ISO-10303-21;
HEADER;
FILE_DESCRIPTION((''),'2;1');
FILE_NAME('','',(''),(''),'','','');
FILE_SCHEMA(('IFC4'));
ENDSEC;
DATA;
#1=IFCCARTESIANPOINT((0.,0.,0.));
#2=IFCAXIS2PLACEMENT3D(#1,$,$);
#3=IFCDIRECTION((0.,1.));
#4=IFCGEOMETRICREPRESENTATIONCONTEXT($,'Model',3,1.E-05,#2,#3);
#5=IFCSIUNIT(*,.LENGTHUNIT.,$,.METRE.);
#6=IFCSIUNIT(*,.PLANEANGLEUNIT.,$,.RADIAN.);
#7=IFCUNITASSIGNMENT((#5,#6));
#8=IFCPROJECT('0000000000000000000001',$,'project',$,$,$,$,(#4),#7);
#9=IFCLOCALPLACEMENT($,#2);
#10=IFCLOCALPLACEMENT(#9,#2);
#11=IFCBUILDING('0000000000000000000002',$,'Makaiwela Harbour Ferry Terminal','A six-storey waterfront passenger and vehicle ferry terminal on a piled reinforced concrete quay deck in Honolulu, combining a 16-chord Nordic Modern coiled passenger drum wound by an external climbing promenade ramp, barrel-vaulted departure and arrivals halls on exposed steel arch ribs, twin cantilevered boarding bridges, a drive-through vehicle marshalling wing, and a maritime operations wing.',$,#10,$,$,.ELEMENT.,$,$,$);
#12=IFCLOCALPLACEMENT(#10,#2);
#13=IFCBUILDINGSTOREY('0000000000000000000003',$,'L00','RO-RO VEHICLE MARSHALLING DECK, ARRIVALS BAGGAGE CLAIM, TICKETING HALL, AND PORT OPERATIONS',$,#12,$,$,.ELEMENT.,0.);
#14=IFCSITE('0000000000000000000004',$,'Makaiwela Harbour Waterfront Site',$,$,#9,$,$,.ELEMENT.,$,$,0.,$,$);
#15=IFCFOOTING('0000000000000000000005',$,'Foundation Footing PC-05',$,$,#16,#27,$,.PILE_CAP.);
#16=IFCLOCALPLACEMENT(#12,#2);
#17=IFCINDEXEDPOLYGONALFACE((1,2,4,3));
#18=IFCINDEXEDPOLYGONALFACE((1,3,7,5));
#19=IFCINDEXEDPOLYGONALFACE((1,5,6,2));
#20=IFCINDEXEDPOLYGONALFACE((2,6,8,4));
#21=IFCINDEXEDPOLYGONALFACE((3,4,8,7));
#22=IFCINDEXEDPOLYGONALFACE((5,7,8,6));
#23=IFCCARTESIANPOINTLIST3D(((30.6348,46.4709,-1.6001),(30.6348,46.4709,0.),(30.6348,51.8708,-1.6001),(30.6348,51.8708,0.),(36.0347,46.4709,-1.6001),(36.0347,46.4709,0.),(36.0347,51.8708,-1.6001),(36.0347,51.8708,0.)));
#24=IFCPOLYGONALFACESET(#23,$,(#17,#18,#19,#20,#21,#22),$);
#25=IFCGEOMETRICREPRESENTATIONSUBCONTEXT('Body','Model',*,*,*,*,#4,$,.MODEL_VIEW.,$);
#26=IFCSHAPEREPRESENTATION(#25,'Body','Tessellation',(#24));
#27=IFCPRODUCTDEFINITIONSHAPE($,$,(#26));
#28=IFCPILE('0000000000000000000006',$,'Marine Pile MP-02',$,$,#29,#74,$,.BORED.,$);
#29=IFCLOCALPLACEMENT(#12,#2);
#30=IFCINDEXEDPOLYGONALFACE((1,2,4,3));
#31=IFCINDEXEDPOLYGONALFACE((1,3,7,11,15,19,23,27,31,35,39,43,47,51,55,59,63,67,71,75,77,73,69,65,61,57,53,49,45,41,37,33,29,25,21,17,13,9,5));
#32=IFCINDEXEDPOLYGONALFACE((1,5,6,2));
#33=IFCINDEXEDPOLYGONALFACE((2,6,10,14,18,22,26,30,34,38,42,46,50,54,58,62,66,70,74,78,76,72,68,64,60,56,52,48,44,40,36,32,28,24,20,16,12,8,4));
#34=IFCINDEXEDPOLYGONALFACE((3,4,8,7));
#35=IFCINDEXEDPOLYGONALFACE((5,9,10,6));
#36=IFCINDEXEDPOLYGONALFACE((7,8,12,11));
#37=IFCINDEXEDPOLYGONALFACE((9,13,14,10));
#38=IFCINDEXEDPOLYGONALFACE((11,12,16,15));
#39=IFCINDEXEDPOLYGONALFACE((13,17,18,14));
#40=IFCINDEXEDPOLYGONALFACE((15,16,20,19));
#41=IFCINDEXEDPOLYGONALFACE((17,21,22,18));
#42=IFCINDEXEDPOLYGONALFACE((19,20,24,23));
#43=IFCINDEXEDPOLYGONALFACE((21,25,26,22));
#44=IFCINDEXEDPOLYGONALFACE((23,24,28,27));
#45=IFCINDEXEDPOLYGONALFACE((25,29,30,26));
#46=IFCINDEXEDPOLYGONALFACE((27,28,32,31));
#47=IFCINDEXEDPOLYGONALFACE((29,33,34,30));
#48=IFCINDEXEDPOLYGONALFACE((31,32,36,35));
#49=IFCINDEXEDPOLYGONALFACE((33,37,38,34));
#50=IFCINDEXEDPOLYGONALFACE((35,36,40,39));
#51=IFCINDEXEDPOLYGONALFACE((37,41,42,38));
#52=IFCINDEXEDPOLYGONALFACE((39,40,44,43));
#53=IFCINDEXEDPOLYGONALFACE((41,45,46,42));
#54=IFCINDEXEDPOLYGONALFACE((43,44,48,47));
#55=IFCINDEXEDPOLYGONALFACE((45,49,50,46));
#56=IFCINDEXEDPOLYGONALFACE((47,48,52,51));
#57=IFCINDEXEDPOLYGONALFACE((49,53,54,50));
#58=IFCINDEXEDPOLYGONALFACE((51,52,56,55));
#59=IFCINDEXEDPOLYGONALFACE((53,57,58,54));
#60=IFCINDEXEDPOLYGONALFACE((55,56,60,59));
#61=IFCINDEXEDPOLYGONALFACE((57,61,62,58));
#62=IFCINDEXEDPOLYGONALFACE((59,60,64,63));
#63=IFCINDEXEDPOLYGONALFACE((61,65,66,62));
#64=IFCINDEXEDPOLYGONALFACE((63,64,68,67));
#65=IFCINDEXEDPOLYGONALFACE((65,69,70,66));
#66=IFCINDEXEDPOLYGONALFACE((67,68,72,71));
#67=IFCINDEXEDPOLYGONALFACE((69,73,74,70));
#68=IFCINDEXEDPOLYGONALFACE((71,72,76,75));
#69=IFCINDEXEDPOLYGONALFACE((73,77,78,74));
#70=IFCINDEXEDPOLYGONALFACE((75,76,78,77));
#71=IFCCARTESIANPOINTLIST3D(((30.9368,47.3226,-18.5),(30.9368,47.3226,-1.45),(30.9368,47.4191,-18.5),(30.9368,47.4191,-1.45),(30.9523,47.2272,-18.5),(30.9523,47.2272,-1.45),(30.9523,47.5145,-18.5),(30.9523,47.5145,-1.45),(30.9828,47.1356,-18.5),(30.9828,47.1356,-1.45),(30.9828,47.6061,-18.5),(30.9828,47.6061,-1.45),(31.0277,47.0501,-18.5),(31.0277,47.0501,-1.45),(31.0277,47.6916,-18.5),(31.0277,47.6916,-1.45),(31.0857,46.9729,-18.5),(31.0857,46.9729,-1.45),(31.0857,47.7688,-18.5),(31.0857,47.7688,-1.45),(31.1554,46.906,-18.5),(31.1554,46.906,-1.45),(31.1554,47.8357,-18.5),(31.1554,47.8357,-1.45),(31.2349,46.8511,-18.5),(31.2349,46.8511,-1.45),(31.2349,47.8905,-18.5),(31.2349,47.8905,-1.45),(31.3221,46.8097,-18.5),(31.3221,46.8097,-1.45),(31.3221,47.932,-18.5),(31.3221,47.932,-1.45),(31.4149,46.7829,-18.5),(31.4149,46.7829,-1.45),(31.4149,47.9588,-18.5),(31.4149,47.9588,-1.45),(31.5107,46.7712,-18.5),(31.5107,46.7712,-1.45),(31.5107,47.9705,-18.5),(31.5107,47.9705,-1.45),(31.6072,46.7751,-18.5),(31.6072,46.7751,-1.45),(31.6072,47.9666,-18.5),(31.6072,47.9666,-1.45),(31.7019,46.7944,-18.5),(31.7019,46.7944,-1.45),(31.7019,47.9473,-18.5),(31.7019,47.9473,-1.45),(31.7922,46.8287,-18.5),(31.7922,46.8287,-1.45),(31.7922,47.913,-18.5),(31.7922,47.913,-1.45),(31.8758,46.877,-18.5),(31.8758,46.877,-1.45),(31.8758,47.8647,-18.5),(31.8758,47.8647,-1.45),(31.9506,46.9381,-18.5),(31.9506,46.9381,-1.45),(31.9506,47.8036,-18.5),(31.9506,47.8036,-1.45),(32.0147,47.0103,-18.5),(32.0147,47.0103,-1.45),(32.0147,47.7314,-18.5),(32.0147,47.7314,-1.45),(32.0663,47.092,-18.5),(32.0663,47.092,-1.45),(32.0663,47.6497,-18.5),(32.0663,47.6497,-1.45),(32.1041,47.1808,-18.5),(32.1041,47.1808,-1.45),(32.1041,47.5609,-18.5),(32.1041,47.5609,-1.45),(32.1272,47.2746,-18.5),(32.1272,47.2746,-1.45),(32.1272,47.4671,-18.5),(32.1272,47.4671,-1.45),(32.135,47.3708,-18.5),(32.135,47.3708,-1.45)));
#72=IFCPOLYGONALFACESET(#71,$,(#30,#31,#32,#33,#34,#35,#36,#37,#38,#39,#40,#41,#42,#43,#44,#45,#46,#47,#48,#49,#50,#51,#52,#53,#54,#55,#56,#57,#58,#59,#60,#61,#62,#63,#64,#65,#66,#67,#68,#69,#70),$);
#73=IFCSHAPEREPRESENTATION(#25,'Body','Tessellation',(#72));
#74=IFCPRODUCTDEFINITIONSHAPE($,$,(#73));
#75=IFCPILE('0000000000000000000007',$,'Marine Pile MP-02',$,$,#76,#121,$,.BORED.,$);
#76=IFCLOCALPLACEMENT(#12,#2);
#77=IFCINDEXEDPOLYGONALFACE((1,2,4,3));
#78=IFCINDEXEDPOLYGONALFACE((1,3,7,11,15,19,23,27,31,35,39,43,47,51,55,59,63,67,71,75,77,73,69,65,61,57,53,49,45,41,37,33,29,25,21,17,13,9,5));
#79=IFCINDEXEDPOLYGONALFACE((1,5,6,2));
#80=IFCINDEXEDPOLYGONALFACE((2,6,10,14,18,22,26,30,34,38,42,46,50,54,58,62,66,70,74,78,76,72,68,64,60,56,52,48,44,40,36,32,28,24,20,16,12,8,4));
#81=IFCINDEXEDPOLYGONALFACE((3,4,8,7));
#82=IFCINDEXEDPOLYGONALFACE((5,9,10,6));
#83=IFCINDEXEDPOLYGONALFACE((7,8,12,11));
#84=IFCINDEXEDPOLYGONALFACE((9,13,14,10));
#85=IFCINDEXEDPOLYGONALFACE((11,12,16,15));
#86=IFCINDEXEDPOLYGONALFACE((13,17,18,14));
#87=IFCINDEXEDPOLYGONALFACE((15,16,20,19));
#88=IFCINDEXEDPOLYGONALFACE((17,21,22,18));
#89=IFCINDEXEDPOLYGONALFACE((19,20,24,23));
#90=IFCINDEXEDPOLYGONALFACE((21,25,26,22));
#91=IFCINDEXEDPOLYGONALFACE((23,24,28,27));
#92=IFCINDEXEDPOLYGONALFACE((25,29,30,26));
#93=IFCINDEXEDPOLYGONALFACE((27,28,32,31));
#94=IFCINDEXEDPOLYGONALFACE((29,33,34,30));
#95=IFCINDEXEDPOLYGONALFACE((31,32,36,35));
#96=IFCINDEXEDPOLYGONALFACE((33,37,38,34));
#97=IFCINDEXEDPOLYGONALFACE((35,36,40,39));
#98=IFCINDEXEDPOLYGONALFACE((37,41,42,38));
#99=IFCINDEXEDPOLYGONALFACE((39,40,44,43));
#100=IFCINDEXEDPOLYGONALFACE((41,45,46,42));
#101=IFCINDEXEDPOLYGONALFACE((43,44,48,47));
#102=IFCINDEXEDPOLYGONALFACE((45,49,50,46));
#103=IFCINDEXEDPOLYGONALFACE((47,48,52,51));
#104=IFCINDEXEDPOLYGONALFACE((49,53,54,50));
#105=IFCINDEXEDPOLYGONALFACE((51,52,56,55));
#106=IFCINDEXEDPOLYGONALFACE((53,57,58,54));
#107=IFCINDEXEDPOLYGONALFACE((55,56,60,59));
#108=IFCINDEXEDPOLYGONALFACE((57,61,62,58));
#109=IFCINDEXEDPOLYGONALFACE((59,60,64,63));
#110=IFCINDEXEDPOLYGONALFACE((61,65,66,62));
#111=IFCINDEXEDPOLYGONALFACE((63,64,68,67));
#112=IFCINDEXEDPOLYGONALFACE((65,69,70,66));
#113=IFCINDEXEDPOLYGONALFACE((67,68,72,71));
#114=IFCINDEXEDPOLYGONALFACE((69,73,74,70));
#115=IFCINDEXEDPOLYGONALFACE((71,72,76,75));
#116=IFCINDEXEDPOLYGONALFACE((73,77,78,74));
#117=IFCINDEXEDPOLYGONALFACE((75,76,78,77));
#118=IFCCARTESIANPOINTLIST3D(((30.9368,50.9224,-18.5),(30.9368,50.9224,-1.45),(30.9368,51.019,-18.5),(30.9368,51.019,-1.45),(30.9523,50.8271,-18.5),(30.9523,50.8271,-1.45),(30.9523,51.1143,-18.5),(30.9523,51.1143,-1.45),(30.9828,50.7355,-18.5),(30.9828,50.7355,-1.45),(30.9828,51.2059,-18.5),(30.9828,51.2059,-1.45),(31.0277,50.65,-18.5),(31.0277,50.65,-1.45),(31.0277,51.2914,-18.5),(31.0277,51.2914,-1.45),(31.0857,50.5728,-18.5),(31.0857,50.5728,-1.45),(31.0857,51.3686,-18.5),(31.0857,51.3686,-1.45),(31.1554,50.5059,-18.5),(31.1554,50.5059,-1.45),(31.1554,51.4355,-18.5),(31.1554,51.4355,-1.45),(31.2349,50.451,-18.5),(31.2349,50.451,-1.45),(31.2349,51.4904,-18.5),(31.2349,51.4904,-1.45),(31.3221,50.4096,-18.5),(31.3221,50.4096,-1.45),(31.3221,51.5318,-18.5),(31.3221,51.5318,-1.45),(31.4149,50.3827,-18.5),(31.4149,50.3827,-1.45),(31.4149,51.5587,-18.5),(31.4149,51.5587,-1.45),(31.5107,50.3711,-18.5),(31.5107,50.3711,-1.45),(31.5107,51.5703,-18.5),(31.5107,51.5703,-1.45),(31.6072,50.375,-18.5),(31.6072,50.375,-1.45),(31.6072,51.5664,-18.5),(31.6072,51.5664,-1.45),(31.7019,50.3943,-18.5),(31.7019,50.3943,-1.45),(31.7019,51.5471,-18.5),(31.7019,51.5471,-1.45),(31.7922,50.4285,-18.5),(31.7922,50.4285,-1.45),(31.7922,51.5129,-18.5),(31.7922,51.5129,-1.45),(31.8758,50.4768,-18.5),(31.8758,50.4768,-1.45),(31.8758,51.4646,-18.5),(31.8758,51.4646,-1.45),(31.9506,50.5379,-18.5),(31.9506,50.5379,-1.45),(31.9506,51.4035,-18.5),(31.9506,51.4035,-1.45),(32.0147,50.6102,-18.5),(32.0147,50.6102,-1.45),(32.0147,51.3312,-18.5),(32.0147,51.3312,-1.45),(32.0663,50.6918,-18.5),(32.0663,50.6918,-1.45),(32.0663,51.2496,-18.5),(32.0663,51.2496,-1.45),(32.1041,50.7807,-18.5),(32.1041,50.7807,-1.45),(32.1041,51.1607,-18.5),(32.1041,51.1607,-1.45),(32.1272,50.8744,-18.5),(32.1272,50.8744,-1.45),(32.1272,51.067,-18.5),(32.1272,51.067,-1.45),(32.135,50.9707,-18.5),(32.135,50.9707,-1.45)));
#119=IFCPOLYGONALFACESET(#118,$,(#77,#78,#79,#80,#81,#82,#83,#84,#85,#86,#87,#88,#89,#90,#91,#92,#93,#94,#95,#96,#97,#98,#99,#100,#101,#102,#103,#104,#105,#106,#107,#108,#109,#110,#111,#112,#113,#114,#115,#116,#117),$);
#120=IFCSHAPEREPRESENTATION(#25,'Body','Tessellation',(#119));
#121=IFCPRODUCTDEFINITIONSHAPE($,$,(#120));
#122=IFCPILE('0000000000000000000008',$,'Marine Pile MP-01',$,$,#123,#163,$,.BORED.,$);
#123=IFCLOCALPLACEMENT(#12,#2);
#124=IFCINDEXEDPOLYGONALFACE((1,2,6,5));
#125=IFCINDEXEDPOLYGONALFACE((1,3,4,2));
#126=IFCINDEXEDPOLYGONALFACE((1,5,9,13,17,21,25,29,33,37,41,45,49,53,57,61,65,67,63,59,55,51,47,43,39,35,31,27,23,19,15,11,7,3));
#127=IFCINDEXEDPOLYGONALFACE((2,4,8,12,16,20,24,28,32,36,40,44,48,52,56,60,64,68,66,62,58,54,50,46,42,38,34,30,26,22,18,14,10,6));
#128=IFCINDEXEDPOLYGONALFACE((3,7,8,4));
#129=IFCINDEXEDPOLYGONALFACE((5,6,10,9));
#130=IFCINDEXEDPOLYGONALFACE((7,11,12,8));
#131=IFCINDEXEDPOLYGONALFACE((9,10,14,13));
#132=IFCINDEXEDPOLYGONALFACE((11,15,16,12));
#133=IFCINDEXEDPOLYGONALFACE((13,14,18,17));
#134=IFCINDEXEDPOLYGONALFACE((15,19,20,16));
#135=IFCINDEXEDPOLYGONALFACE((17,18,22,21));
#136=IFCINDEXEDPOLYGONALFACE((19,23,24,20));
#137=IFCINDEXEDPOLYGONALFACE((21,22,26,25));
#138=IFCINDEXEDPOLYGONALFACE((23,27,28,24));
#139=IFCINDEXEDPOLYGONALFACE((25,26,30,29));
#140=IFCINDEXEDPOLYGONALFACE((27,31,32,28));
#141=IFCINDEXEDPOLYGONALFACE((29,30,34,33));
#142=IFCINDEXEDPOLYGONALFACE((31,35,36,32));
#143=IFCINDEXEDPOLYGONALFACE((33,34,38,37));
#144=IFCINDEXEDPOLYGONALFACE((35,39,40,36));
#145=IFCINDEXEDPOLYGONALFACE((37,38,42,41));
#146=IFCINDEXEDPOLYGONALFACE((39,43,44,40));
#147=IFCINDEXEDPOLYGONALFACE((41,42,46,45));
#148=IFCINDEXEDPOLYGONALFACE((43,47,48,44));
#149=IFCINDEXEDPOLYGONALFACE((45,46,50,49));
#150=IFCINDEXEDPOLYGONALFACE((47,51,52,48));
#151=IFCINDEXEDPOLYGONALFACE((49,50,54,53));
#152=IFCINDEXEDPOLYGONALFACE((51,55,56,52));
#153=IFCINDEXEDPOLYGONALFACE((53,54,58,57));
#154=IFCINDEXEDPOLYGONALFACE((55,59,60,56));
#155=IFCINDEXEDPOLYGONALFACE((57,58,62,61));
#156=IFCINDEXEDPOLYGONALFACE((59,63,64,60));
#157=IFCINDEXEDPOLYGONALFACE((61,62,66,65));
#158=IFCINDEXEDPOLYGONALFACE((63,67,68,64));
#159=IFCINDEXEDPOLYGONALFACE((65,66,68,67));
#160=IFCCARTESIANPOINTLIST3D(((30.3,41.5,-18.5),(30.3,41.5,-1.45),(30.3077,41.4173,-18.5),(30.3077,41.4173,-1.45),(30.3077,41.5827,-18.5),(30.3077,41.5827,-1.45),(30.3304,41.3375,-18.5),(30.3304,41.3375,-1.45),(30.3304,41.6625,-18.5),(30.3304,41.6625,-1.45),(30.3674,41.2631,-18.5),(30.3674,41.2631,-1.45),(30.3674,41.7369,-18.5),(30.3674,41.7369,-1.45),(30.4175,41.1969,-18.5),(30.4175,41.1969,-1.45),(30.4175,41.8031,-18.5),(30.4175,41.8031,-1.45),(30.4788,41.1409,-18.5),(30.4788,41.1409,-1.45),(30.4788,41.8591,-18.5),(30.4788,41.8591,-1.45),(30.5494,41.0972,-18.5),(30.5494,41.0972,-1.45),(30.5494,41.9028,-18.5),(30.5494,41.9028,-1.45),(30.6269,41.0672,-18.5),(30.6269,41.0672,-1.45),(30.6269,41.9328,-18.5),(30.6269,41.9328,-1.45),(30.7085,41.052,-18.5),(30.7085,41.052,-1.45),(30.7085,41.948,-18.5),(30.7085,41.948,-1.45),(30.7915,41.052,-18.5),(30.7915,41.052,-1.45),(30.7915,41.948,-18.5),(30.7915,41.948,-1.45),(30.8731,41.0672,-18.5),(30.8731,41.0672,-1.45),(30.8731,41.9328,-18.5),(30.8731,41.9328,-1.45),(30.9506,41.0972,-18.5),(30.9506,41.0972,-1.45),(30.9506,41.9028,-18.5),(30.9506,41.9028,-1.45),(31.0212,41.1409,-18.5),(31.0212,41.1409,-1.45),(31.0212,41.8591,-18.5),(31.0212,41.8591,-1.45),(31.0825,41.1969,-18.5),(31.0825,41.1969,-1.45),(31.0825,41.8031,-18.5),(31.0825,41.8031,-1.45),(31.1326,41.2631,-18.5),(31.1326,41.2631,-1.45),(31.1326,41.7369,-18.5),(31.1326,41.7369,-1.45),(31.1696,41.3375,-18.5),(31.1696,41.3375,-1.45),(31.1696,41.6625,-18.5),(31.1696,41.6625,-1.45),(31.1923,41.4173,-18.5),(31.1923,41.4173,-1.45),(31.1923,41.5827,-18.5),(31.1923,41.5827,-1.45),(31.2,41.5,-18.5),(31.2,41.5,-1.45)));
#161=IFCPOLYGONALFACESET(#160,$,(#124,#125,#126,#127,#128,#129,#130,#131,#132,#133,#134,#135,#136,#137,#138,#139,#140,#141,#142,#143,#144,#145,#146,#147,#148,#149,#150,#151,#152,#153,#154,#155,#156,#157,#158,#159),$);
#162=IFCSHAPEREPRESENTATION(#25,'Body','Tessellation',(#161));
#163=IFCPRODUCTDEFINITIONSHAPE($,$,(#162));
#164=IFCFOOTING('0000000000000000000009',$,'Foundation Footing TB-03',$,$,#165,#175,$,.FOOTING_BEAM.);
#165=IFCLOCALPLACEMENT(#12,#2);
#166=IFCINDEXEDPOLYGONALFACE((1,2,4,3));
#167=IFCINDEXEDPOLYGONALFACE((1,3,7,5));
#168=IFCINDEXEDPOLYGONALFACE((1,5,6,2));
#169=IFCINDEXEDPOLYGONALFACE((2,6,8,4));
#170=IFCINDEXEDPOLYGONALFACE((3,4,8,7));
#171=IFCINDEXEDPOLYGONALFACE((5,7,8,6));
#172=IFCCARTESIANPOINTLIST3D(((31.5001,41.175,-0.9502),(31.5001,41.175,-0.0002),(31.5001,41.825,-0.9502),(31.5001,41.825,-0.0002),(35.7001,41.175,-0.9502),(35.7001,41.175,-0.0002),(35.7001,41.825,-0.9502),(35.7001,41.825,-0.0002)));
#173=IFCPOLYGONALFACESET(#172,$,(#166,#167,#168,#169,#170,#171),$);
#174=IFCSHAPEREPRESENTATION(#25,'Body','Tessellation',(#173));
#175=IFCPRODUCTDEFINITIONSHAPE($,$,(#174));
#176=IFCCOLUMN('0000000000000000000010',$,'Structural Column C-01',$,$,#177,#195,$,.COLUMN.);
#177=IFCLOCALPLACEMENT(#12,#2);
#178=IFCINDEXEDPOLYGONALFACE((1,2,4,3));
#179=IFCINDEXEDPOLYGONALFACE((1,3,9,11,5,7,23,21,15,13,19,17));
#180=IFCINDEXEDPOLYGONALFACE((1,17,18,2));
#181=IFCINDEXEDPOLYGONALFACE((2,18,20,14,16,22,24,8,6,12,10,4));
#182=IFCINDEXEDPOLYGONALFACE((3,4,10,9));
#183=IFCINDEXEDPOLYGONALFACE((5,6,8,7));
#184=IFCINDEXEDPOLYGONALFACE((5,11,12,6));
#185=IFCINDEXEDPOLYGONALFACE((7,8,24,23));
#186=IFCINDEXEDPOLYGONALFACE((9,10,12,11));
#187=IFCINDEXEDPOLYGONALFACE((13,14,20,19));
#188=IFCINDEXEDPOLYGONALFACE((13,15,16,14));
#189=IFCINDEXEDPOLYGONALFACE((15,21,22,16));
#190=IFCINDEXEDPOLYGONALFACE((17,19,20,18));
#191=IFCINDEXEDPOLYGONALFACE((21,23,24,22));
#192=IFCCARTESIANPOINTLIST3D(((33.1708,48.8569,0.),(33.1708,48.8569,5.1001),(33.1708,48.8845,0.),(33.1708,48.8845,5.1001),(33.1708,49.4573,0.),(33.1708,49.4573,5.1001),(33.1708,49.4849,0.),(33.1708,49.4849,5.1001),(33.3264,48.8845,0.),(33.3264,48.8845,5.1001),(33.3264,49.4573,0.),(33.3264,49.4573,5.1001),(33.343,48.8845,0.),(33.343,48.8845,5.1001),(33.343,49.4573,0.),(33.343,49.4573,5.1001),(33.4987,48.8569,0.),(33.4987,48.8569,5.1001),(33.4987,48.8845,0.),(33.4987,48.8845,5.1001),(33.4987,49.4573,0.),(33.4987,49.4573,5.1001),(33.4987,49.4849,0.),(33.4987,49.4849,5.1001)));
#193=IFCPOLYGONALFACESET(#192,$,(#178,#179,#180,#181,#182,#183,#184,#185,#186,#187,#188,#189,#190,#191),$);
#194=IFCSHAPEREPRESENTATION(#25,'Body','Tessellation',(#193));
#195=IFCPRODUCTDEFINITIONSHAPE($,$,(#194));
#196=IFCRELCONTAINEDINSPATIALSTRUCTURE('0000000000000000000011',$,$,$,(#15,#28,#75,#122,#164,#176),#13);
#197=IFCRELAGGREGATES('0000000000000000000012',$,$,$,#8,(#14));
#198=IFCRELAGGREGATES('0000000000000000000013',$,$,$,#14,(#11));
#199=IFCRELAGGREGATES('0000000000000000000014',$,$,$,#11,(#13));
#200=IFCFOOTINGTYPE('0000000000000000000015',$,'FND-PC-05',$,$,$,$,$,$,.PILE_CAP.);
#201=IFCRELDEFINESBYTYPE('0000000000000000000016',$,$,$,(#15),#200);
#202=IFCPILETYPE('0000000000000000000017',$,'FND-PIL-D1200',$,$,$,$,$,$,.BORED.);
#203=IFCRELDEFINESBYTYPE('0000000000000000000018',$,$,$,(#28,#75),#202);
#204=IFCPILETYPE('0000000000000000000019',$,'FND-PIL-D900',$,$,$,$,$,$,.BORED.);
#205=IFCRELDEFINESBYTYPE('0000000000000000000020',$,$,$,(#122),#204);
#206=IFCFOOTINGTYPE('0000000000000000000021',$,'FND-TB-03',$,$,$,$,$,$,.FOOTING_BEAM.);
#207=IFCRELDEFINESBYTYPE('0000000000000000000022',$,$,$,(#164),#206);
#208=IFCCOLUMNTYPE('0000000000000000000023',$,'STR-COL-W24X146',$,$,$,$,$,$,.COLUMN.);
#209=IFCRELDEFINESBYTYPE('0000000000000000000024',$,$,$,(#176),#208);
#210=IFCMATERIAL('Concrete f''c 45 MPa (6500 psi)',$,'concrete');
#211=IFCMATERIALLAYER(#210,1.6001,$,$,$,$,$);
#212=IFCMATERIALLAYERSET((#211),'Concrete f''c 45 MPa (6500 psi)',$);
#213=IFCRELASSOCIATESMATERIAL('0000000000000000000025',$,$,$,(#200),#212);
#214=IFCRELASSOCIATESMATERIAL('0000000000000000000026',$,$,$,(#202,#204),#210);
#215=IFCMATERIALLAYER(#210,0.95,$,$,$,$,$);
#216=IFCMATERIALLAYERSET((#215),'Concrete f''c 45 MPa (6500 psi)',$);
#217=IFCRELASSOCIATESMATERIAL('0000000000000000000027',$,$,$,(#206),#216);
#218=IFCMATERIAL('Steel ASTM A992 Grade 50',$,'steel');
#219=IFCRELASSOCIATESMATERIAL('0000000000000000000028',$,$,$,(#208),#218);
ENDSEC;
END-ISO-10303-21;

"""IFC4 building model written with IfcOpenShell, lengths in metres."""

from ifc_helpers import new_model, si_unit, direction, frame, origin, origin_2d, place, context, subcontext, project, spatial, rectangle, circle, i_section, extrude, material, layer, layer_set, material_profile, profile_set, type_object, element, save


model = new_model("IFC4")

# Units and contexts
model_context = context("Model", 3, precision=1e-05, world=origin(), true_north=direction((0.0, 1.0)))
body_context = subcontext(model_context, "Body", "Model", "MODEL_VIEW")
ifc_project = project(units=[si_unit("LENGTHUNIT", "METRE"), si_unit("PLANEANGLEUNIT", "RADIAN")], contexts=[model_context])

# Site, building, storey
site_placement = place(None, origin())
site = spatial("IfcSite", under=ifc_project, at=site_placement, Name="Makaiwela Harbour Waterfront Site", CompositionType="ELEMENT", RefElevation=0.0)
building_placement = place(site_placement, origin())
building = spatial("IfcBuilding", under=site, at=building_placement, Name="Makaiwela Harbour Ferry Terminal", Description="A six-storey waterfront passenger and vehicle ferry terminal on a piled reinforced concrete quay deck in Honolulu, combining a 16-chord Nordic Modern coiled passenger drum wound by an external climbing promenade ramp, barrel-vaulted departure and arrivals halls on exposed steel arch ribs, twin cantilevered boarding bridges, a drive-through vehicle marshalling wing, and a maritime operations wing.", CompositionType="ELEMENT")
storey_placement = place(building_placement, origin())
storey = spatial("IfcBuildingStorey", under=building, at=storey_placement, Name="L00", Description="RO-RO VEHICLE MARSHALLING DECK, ARRIVALS BAGGAGE CLAIM, TICKETING HALL, AND PORT OPERATIONS", CompositionType="ELEMENT", Elevation=0.0)

# Footing
ifc_material_1 = material(Name="Concrete f'c 45 MPa (6500 psi)", Category="concrete")
ifc_layer_1 = layer(ifc_material_1, 1.6001)
ifc_layer_set_1 = layer_set([ifc_layer_1], Name="Concrete f'c 45 MPa (6500 psi)")
footing_type_1 = type_object("IfcFootingType", Name="FND-PC-05", PredefinedType="PILE_CAP", material=ifc_layer_set_1)
footing_1_placement = place(storey_placement, frame((33.3347, 49.1709, -1.6001), z_axis=(0.0, 0.0, 1.0), x_axis=(1.0, 0.0, 0.0)))
element("IfcFooting", 1, at=footing_1_placement, inside=storey, type_object=footing_type_1, Name="Foundation Footing PC-05", PredefinedType="PILE_CAP", context=body_context, shape_type="SweptSolid", body=[
    extrude(rectangle(XDim=5.3999, YDim=5.3999, at=origin_2d()), origin(), (0.0, 0.0, 1.0), 1.6001),
])

# Piles
ifc_material_profile_1 = material_profile(ifc_material_1, circle(Radius=0.6001, at=origin_2d()), Name="PILE-D1200")
ifc_profile_set_1 = profile_set([ifc_material_profile_1], Name="Concrete f'c 45 MPa (6500 psi)")
pile_type_1 = type_object("IfcPileType", Name="FND-PIL-D1200", PredefinedType="BORED", material=ifc_profile_set_1)
for number, where, z_axis, x_axis, name in (
    (2, (31.5349, 47.3708, -1.45), (0.0, 0.0, -1.0), (1.0, 0.0, 0.0), "Marine Pile MP-02"),
    (3, (31.5349, 50.9707, -1.45), (0.0, 0.0, -1.0), (1.0, 0.0, 0.0), "Marine Pile MP-02"),
):
    element("IfcPile", number, at=place(storey_placement, frame(where, z_axis=z_axis, x_axis=x_axis)), inside=storey, type_object=pile_type_1, Name=name, PredefinedType="BORED", context=body_context, shape_type="SweptSolid", body=[
        extrude(circle(Radius=0.6001, at=origin_2d()), origin(), (0.0, 0.0, 1.0), 17.05),
    ])
ifc_material_profile_2 = material_profile(ifc_material_1, circle(Radius=0.45, at=origin_2d()), Name="PILE-D900")
ifc_profile_set_2 = profile_set([ifc_material_profile_2], Name="Concrete f'c 45 MPa (6500 psi)")
pile_type_2 = type_object("IfcPileType", Name="FND-PIL-D900", PredefinedType="BORED", material=ifc_profile_set_2)
pile_placement = place(storey_placement, frame((30.75, 41.5, -1.45), z_axis=(0.0, 0.0, -1.0), x_axis=(1.0, 0.0, 0.0)))
element("IfcPile", 4, at=pile_placement, inside=storey, type_object=pile_type_2, Name="Marine Pile MP-01", PredefinedType="BORED", context=body_context, shape_type="SweptSolid", body=[
    extrude(circle(Radius=0.45, at=origin_2d()), origin(), (0.0, 0.0, 1.0), 17.05),
])

# Footing
ifc_layer_2 = layer(ifc_material_1, 0.95)
ifc_layer_set_2 = layer_set([ifc_layer_2], Name="Concrete f'c 45 MPa (6500 psi)")
footing_type_2 = type_object("IfcFootingType", Name="FND-TB-03", PredefinedType="FOOTING_BEAM", material=ifc_layer_set_2)
footing_2_placement = place(storey_placement, frame((33.6001, 41.5, -0.9502), z_axis=(0.0, 0.0, 1.0), x_axis=(1.0, 0.0, 0.0)))
element("IfcFooting", 5, at=footing_2_placement, inside=storey, type_object=footing_type_2, Name="Foundation Footing TB-03", PredefinedType="FOOTING_BEAM", context=body_context, shape_type="SweptSolid", body=[
    extrude(rectangle(XDim=4.2, YDim=0.6499, at=origin_2d()), origin(), (0.0, 0.0, 1.0), 0.95),
])

# Column
ifc_material_2 = material(Name="Steel ASTM A992 Grade 50", Category="steel")
ifc_material_profile_3 = material_profile(ifc_material_2, i_section(OverallWidth=0.3279, OverallDepth=0.6279, WebThickness=0.0166, FlangeThickness=0.0276, at=origin_2d()), Name="W24X146")
ifc_profile_set_3 = profile_set([ifc_material_profile_3], Name="Steel ASTM A992 Grade 50")
column_type = type_object("IfcColumnType", Name="STR-COL-W24X146", PredefinedType="COLUMN", material=ifc_profile_set_3)
column_placement = place(storey_placement, frame((33.3347, 49.1709, 0.0), z_axis=(0.0, 0.0, 1.0), x_axis=(1.0, 0.0, 0.0)))
element("IfcColumn", 6, at=column_placement, inside=storey, type_object=column_type, Name="Structural Column C-01", PredefinedType="COLUMN", context=body_context, shape_type="SweptSolid", body=[
    extrude(i_section(OverallWidth=0.3279, OverallDepth=0.6279, WebThickness=0.0166, FlangeThickness=0.0276, at=origin_2d()), origin(), (0.0, 0.0, 1.0), 5.1001),
])

save(model, "model.ifc")
